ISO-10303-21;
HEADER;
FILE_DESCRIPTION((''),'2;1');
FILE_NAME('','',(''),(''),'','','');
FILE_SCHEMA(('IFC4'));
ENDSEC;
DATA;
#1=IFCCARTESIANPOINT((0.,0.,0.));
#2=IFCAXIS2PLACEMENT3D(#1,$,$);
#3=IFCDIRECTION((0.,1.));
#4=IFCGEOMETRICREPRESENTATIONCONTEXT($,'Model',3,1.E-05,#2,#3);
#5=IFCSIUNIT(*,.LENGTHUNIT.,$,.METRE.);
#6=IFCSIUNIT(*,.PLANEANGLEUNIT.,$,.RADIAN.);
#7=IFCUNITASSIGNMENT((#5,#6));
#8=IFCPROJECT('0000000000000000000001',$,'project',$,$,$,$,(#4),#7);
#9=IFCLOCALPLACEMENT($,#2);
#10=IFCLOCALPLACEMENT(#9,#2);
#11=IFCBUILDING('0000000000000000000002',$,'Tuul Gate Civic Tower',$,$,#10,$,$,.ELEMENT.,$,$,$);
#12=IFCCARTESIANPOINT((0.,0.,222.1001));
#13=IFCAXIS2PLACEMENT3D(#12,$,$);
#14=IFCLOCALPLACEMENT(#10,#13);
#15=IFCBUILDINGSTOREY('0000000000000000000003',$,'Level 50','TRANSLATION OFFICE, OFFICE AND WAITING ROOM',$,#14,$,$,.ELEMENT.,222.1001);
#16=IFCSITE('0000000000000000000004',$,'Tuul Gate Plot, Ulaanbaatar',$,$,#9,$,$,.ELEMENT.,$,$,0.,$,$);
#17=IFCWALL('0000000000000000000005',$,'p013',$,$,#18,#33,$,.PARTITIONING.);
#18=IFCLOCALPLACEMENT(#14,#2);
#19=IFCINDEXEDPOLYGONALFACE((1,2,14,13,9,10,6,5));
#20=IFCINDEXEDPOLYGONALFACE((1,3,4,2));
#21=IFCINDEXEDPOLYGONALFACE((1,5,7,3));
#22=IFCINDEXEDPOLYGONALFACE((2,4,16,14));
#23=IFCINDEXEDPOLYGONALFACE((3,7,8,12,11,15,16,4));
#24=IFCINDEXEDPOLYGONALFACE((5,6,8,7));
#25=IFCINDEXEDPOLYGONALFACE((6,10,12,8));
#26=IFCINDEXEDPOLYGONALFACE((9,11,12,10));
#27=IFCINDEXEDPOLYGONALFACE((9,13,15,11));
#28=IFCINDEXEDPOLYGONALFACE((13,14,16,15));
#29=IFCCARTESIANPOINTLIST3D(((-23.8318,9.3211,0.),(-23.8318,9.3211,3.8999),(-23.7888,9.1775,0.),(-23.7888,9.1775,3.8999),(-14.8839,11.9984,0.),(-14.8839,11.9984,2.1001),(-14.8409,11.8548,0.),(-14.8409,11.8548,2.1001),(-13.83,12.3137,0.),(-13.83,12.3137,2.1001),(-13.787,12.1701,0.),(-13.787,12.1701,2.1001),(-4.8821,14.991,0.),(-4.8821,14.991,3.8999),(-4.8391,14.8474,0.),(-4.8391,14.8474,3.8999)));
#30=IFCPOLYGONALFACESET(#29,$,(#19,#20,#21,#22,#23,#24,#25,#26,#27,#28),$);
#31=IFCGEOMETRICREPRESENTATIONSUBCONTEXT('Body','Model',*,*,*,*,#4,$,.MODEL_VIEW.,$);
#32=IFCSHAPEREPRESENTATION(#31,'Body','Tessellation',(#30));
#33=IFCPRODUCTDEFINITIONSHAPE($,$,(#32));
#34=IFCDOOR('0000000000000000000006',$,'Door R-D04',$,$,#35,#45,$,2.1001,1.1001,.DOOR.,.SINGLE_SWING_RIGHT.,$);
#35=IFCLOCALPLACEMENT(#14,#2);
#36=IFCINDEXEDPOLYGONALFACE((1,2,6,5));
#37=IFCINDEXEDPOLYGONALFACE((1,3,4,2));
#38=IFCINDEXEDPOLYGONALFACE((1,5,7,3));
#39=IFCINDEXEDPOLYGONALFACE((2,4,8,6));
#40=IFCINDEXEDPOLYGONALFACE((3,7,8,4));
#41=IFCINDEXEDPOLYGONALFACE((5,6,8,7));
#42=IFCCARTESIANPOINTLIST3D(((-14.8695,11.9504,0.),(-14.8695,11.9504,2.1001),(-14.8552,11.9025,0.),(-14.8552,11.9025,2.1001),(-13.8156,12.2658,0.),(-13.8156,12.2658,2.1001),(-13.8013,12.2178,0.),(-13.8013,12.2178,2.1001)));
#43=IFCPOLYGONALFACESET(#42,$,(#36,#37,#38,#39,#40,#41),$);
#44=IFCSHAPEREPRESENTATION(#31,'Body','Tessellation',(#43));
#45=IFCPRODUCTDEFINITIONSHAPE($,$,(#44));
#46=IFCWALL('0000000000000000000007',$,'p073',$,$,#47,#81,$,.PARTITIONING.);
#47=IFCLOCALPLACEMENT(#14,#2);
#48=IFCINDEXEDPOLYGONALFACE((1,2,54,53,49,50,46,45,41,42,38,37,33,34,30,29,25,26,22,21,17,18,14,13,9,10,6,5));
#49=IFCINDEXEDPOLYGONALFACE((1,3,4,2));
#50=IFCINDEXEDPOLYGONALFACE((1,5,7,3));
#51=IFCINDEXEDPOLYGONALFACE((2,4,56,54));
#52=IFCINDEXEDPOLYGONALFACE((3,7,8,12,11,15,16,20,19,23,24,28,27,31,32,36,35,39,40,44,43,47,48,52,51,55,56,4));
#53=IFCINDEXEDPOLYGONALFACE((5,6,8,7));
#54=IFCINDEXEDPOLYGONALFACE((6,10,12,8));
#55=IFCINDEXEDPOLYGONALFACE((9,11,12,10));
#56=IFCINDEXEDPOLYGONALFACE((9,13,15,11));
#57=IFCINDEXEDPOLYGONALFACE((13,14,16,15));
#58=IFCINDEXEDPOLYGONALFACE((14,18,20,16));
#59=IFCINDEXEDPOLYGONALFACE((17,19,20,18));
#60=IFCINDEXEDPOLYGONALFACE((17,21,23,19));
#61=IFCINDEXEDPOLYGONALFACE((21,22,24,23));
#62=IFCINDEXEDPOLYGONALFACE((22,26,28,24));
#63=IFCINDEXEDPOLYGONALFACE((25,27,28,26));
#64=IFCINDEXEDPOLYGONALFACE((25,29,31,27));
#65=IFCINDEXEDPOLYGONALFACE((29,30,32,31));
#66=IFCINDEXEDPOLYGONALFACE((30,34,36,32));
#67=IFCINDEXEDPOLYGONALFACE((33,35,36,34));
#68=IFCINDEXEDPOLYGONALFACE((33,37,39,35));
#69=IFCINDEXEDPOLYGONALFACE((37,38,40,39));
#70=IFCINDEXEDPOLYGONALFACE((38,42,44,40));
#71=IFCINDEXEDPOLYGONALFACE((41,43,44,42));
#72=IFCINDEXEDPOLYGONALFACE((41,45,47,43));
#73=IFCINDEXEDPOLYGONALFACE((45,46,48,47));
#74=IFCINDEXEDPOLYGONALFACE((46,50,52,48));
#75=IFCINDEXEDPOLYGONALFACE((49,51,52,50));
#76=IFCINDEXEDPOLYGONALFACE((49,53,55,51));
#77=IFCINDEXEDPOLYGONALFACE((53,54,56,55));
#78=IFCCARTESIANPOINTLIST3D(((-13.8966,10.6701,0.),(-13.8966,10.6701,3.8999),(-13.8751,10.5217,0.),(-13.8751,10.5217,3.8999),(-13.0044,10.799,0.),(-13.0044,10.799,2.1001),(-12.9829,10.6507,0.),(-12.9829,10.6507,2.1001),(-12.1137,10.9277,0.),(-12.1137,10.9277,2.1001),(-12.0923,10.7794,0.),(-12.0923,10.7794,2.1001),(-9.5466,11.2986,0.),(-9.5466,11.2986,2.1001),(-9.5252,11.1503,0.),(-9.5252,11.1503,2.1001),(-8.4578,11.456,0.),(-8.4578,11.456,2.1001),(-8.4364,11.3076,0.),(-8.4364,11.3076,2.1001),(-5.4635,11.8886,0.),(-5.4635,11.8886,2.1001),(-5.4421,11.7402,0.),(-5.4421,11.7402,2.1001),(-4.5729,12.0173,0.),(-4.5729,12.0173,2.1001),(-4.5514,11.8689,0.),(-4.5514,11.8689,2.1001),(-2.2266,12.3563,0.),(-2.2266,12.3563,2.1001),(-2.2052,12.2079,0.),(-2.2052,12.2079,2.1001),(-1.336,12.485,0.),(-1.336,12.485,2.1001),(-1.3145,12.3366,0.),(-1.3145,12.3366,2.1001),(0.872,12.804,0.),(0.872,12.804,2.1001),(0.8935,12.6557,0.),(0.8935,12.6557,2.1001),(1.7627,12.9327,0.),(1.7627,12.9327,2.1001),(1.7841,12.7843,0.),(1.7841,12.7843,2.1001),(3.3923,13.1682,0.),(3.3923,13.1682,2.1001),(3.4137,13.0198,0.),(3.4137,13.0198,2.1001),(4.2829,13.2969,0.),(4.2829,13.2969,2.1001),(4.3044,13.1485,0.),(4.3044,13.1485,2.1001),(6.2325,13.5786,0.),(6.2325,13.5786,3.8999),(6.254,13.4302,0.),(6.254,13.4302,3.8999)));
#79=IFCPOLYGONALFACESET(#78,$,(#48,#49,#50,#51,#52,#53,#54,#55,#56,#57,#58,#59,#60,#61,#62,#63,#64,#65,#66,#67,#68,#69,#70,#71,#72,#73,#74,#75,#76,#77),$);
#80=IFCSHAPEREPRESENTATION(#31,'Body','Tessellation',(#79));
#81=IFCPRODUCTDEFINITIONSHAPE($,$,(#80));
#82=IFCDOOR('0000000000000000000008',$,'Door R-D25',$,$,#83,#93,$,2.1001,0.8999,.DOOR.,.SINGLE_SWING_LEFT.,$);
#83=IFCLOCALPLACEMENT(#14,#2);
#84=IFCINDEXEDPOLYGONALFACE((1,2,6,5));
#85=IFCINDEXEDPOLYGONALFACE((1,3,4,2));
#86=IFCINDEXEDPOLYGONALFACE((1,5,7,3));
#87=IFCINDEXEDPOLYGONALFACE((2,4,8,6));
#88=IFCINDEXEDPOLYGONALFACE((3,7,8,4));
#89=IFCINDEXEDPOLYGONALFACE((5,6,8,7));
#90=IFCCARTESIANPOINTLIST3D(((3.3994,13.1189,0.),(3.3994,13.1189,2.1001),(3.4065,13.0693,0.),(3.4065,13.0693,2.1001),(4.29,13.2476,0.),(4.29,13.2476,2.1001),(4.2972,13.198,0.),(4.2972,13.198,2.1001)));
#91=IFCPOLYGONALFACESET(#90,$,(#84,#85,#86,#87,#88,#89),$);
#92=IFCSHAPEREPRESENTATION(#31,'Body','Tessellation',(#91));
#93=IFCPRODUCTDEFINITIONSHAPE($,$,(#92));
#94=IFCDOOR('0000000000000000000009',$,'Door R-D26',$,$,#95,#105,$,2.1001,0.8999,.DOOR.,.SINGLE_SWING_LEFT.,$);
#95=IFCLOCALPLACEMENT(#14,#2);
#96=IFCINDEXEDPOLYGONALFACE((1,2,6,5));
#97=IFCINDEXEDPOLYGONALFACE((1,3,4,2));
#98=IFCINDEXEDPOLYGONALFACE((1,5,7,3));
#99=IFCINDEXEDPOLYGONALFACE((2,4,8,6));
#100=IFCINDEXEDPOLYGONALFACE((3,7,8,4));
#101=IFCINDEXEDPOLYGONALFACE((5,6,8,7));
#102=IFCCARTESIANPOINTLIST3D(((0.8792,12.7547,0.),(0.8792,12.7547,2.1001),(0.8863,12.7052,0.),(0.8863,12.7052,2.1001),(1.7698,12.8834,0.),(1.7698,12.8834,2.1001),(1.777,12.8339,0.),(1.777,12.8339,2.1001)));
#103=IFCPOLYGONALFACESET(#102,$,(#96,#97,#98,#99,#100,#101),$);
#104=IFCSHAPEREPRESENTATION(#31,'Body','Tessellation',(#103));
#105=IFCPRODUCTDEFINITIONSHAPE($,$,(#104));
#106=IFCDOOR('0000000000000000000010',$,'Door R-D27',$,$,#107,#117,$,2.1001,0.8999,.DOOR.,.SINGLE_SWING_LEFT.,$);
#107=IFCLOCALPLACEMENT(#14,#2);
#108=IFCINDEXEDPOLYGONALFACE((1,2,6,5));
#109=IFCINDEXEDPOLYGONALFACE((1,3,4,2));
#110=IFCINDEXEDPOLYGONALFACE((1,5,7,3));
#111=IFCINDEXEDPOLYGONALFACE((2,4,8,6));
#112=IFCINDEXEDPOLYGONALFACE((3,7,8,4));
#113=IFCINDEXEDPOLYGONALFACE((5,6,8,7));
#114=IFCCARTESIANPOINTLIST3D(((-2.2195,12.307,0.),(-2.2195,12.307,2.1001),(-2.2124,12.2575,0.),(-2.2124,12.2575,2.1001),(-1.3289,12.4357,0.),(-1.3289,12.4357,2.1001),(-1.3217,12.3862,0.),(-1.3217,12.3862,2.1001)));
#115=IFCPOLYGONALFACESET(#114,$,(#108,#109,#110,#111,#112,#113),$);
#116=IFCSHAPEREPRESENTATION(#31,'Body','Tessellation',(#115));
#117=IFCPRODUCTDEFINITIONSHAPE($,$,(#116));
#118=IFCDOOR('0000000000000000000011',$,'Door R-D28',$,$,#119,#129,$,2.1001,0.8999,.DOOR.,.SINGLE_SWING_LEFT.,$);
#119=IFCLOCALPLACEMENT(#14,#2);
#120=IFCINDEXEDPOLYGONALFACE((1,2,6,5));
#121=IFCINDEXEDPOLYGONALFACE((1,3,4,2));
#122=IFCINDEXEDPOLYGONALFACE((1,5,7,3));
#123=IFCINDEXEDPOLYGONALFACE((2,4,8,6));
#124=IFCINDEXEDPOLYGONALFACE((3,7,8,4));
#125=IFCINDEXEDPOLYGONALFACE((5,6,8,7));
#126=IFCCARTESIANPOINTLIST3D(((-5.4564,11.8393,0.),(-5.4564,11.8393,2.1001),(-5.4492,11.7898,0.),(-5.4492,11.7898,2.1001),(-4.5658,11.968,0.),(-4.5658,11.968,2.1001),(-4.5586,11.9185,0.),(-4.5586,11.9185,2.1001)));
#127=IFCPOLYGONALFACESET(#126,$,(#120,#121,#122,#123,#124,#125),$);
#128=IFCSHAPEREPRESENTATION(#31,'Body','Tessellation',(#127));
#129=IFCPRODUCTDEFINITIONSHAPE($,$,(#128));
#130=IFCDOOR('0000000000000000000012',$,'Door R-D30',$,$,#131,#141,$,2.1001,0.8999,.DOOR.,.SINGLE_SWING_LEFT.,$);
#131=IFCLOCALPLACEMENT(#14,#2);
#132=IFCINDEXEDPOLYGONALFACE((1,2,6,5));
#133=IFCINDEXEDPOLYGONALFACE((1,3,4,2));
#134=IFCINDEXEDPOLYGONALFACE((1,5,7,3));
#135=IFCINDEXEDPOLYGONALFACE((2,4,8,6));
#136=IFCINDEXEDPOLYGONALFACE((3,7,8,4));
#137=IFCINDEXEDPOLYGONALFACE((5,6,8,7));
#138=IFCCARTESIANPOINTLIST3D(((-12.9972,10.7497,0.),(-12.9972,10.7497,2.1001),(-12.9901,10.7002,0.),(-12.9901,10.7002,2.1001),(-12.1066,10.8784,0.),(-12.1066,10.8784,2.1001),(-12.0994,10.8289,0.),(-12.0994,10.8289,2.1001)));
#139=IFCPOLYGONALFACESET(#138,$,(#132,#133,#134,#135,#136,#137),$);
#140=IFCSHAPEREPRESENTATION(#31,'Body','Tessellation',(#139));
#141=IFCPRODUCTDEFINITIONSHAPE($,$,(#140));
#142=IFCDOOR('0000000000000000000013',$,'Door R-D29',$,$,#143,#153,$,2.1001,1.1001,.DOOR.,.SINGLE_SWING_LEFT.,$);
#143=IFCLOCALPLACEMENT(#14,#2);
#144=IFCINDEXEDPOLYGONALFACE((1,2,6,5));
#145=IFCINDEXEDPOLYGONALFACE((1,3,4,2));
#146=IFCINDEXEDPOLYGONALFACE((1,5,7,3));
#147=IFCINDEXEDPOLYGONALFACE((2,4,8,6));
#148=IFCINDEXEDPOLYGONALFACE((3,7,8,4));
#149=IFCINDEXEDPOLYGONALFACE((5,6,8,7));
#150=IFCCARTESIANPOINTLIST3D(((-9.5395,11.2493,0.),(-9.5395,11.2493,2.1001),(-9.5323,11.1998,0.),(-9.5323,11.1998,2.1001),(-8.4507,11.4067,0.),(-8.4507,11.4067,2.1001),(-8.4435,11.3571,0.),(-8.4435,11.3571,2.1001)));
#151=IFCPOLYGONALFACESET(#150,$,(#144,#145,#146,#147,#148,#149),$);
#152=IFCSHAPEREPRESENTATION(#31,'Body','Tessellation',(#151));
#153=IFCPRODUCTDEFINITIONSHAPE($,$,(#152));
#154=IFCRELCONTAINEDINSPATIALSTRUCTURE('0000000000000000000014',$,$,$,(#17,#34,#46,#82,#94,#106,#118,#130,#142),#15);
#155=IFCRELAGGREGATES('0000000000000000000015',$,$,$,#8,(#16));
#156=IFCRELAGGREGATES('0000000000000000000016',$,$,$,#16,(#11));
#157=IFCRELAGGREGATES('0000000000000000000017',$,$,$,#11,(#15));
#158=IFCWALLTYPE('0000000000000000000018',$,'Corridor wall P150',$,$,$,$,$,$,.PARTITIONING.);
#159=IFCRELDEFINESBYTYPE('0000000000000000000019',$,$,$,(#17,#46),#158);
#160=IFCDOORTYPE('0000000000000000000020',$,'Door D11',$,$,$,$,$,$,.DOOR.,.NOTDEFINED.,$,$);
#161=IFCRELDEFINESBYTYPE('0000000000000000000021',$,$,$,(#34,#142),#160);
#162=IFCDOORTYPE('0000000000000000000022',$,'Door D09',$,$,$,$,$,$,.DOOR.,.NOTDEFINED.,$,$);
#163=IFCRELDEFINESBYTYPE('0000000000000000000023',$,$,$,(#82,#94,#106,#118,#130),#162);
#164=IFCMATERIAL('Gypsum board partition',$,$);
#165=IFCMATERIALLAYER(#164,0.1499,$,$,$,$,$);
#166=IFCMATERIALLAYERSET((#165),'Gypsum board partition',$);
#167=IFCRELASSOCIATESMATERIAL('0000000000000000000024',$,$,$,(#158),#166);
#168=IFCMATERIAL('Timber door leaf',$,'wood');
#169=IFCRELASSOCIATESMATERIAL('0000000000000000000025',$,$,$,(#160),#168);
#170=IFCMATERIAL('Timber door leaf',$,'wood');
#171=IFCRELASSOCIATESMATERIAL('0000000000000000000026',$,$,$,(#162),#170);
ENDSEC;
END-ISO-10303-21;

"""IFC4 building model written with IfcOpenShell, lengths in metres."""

from ifc_helpers import new_model, si_unit, direction, frame, frame_2d, origin, place, context, subcontext, project, spatial, rectangle, extrude, material, layer, layer_set, type_object, element, fill, save


model = new_model("IFC4")

# Units and contexts
model_context = context("Model", 3, precision=1e-05, world=origin(), true_north=direction((0.0, 1.0)))
body_context = subcontext(model_context, "Body", "Model", "MODEL_VIEW")
ifc_project = project(units=[si_unit("LENGTHUNIT", "METRE"), si_unit("PLANEANGLEUNIT", "RADIAN")], contexts=[model_context])

# Site, building, storey
site_placement = place(None, origin())
site = spatial("IfcSite", under=ifc_project, at=site_placement, Name="Tuul Gate Plot, Ulaanbaatar", CompositionType="ELEMENT", RefElevation=0.0)
building_placement = place(site_placement, origin())
building = spatial("IfcBuilding", under=site, at=building_placement, Name="Tuul Gate Civic Tower", CompositionType="ELEMENT")
storey_placement = place(building_placement, frame((0.0, 0.0, 222.1001)))
storey = spatial("IfcBuildingStorey", under=building, at=storey_placement, Name="Level 50", Description="TRANSLATION OFFICE, OFFICE AND WAITING ROOM", CompositionType="ELEMENT", Elevation=222.1001)

# Wall, opening, door
ifc_material_1 = material(Name="Gypsum board partition")
ifc_layer_1 = layer(ifc_material_1, 0.1499)
ifc_layer_set_1 = layer_set([ifc_layer_1], Name="Gypsum board partition")
wall_type_1 = type_object("IfcWallType", Name="Corridor wall P150", PredefinedType="PARTITIONING", material=ifc_layer_set_1)
wall_1_placement = place(storey_placement, frame((-23.8103, 9.2493, 0.0), z_axis=(0.0, 0.0, 1.0), x_axis=(0.958035, 0.286653, 0.0)))
wall_1 = element("IfcWall", 1, at=wall_1_placement, inside=storey, type_object=wall_type_1, Name="p013", PredefinedType="PARTITIONING", context=body_context, shape_type="SweptSolid", body=[
    extrude(rectangle(XDim=19.7798, YDim=0.1499, at=frame_2d((9.8899, 0.0))), origin(), (0.0, 0.0, 1.0), 3.8999),
])
opening_1_placement = place(wall_1_placement, frame((9.3398, 0.0, 0.0)))
opening_1 = element("IfcOpeningElement", 2, at=opening_1_placement, cuts=wall_1, PredefinedType="OPENING", context=body_context, shape_type="SweptSolid", body=[
    extrude(rectangle(XDim=1.1001, YDim=2.1001, at=frame_2d((0.55, 1.05))), frame((0.0, 0.085, 0.0), z_axis=(0.0, -1.0, 0.0), x_axis=(1.0, 0.0, 0.0)), (0.0, 0.0, 1.0), 0.1699),
])
ifc_material_2 = material(Name="Timber door leaf", Category="wood")
door_type_1 = type_object("IfcDoorType", Name="Door D11", OperationType="NOTDEFINED", PredefinedType="DOOR", material=ifc_material_2)
door_1_placement = place(opening_1_placement, origin())
door_1 = element("IfcDoor", 3, at=door_1_placement, inside=storey, type_object=door_type_1, Name="Door R-D04", OperationType="SINGLE_SWING_RIGHT", OverallHeight=2.1001, OverallWidth=1.1001, PredefinedType="DOOR", context=body_context, shape_type="SweptSolid", body=[
    extrude(rectangle(XDim=1.1001, YDim=2.1001, at=frame_2d((0.55, 1.05))), frame((0.0, 0.0249, 0.0), z_axis=(0.0, -1.0, 0.0), x_axis=(1.0, 0.0, 0.0)), (0.0, 0.0, 1.0), 0.05),
])
fill(opening_1, door_1)

# Wall, openings, doors
wall_2_placement = place(storey_placement, frame((-13.8857, 10.5959, 0.0), z_axis=(0.0, 0.0, 1.0), x_axis=(0.989722, 0.143004, 0.0)))
wall_2 = element("IfcWall", 4, at=wall_2_placement, inside=storey, type_object=wall_type_1, Name="p073", PredefinedType="PARTITIONING", context=body_context, shape_type="SweptSolid", body=[
    extrude(rectangle(XDim=20.3381, YDim=0.1499, at=frame_2d((10.1689, 0.0))), origin(), (0.0, 0.0, 1.0), 3.8999),
])
opening_2_placement = place(wall_2_placement, frame((17.4683, 0.0, 0.0)))
opening_2 = element("IfcOpeningElement", 5, at=opening_2_placement, cuts=wall_2, PredefinedType="OPENING", context=body_context, shape_type="SweptSolid", body=[
    extrude(rectangle(XDim=0.8999, YDim=2.1001, at=frame_2d((0.45, 1.05))), frame((0.0, 0.085, 0.0), z_axis=(0.0, -1.0, 0.0), x_axis=(1.0, 0.0, 0.0)), (0.0, 0.0, 1.0), 0.1699),
])
opening_3_placement = place(wall_2_placement, frame((14.9219, 0.0, 0.0)))
opening_3 = element("IfcOpeningElement", 6, at=opening_3_placement, cuts=wall_2, PredefinedType="OPENING", context=body_context, shape_type="SweptSolid", body=[
    extrude(rectangle(XDim=0.8999, YDim=2.1001, at=frame_2d((0.45, 1.05))), frame((0.0, 0.085, 0.0), z_axis=(0.0, -1.0, 0.0), x_axis=(1.0, 0.0, 0.0)), (0.0, 0.0, 1.0), 0.1699),
])
opening_4_placement = place(wall_2_placement, frame((11.791, 0.0, 0.0)))
opening_4 = element("IfcOpeningElement", 7, at=opening_4_placement, cuts=wall_2, PredefinedType="OPENING", context=body_context, shape_type="SweptSolid", body=[
    extrude(rectangle(XDim=0.8999, YDim=2.1001, at=frame_2d((0.45, 1.05))), frame((0.0, 0.085, 0.0), z_axis=(0.0, -1.0, 0.0), x_axis=(1.0, 0.0, 0.0)), (0.0, 0.0, 1.0), 0.1699),
])
opening_5_placement = place(wall_2_placement, frame((8.5205, 0.0, 0.0)))
opening_5 = element("IfcOpeningElement", 8, at=opening_5_placement, cuts=wall_2, PredefinedType="OPENING", context=body_context, shape_type="SweptSolid", body=[
    extrude(rectangle(XDim=0.8999, YDim=2.1001, at=frame_2d((0.45, 1.05))), frame((0.0, 0.085, 0.0), z_axis=(0.0, -1.0, 0.0), x_axis=(1.0, 0.0, 0.0)), (0.0, 0.0, 1.0), 0.1699),
])
opening_6_placement = place(wall_2_placement, frame((4.395, 0.0, 0.0)))
opening_6 = element("IfcOpeningElement", 9, at=opening_6_placement, cuts=wall_2, PredefinedType="OPENING", context=body_context, shape_type="SweptSolid", body=[
    extrude(rectangle(XDim=1.1001, YDim=2.1001, at=frame_2d((0.55, 1.05))), frame((0.0, 0.085, 0.0), z_axis=(0.0, -1.0, 0.0), x_axis=(1.0, 0.0, 0.0)), (0.0, 0.0, 1.0), 0.1699),
])
opening_7_placement = place(wall_2_placement, frame((0.9014, 0.0, 0.0)))
opening_7 = element("IfcOpeningElement", 10, at=opening_7_placement, cuts=wall_2, PredefinedType="OPENING", context=body_context, shape_type="SweptSolid", body=[
    extrude(rectangle(XDim=0.8999, YDim=2.1001, at=frame_2d((0.45, 1.05))), frame((0.0, 0.085, 0.0), z_axis=(0.0, -1.0, 0.0), x_axis=(1.0, 0.0, 0.0)), (0.0, 0.0, 1.0), 0.1699),
])
ifc_material_3 = material(Name="Timber door leaf", Category="wood")
door_type_2 = type_object("IfcDoorType", Name="Door D09", OperationType="NOTDEFINED", PredefinedType="DOOR", material=ifc_material_3)
door_2_placement = place(opening_2_placement, frame((0.8999, 0.0, 0.0), z_axis=(0.0, 0.0, 1.0), x_axis=(-1.0, 0.0, 0.0)))
door_2 = element("IfcDoor", 11, at=door_2_placement, inside=storey, type_object=door_type_2, Name="Door R-D25", OperationType="SINGLE_SWING_LEFT", OverallHeight=2.1001, OverallWidth=0.8999, PredefinedType="DOOR", context=body_context, shape_type="SweptSolid", body=[
    extrude(rectangle(XDim=0.8999, YDim=2.1001, at=frame_2d((0.45, 1.05))), frame((0.0, 0.0249, 0.0), z_axis=(0.0, -1.0, 0.0), x_axis=(1.0, 0.0, 0.0)), (0.0, 0.0, 1.0), 0.05),
])
fill(opening_2, door_2)
door_3_placement = place(opening_3_placement, frame((0.8999, 0.0, 0.0), z_axis=(0.0, 0.0, 1.0), x_axis=(-1.0, 0.0, 0.0)))
door_3 = element("IfcDoor", 12, at=door_3_placement, inside=storey, type_object=door_type_2, Name="Door R-D26", OperationType="SINGLE_SWING_LEFT", OverallHeight=2.1001, OverallWidth=0.8999, PredefinedType="DOOR", context=body_context, shape_type="SweptSolid", body=[
    extrude(rectangle(XDim=0.8999, YDim=2.1001, at=frame_2d((0.45, 1.05))), frame((0.0, 0.0249, 0.0), z_axis=(0.0, -1.0, 0.0), x_axis=(1.0, 0.0, 0.0)), (0.0, 0.0, 1.0), 0.05),
])
fill(opening_3, door_3)
door_4_placement = place(opening_4_placement, frame((0.8999, 0.0, 0.0), z_axis=(0.0, 0.0, 1.0), x_axis=(-1.0, 0.0, 0.0)))
door_4 = element("IfcDoor", 13, at=door_4_placement, inside=storey, type_object=door_type_2, Name="Door R-D27", OperationType="SINGLE_SWING_LEFT", OverallHeight=2.1001, OverallWidth=0.8999, PredefinedType="DOOR", context=body_context, shape_type="SweptSolid", body=[
    extrude(rectangle(XDim=0.8999, YDim=2.1001, at=frame_2d((0.45, 1.05))), frame((0.0, 0.0249, 0.0), z_axis=(0.0, -1.0, 0.0), x_axis=(1.0, 0.0, 0.0)), (0.0, 0.0, 1.0), 0.05),
])
fill(opening_4, door_4)
door_5_placement = place(opening_5_placement, frame((0.8999, 0.0, 0.0), z_axis=(0.0, 0.0, 1.0), x_axis=(-1.0, 0.0, 0.0)))
door_5 = element("IfcDoor", 14, at=door_5_placement, inside=storey, type_object=door_type_2, Name="Door R-D28", OperationType="SINGLE_SWING_LEFT", OverallHeight=2.1001, OverallWidth=0.8999, PredefinedType="DOOR", context=body_context, shape_type="SweptSolid", body=[
    extrude(rectangle(XDim=0.8999, YDim=2.1001, at=frame_2d((0.45, 1.05))), frame((0.0, 0.0249, 0.0), z_axis=(0.0, -1.0, 0.0), x_axis=(1.0, 0.0, 0.0)), (0.0, 0.0, 1.0), 0.05),
])
fill(opening_5, door_5)
door_6_placement = place(opening_7_placement, frame((0.8999, 0.0, 0.0), z_axis=(0.0, 0.0, 1.0), x_axis=(-1.0, 0.0, 0.0)))
door_6 = element("IfcDoor", 15, at=door_6_placement, inside=storey, type_object=door_type_2, Name="Door R-D30", OperationType="SINGLE_SWING_LEFT", OverallHeight=2.1001, OverallWidth=0.8999, PredefinedType="DOOR", context=body_context, shape_type="SweptSolid", body=[
    extrude(rectangle(XDim=0.8999, YDim=2.1001, at=frame_2d((0.45, 1.05))), frame((0.0, 0.0249, 0.0), z_axis=(0.0, -1.0, 0.0), x_axis=(1.0, 0.0, 0.0)), (0.0, 0.0, 1.0), 0.05),
])
fill(opening_7, door_6)
door_7_placement = place(opening_6_placement, frame((1.1001, 0.0, 0.0), z_axis=(0.0, 0.0, 1.0), x_axis=(-1.0, 0.0, 0.0)))
door_7 = element("IfcDoor", 16, at=door_7_placement, inside=storey, type_object=door_type_1, Name="Door R-D29", OperationType="SINGLE_SWING_LEFT", OverallHeight=2.1001, OverallWidth=1.1001, PredefinedType="DOOR", context=body_context, shape_type="SweptSolid", body=[
    extrude(rectangle(XDim=1.1001, YDim=2.1001, at=frame_2d((0.55, 1.05))), frame((0.0, 0.0249, 0.0), z_axis=(0.0, -1.0, 0.0), x_axis=(1.0, 0.0, 0.0)), (0.0, 0.0, 1.0), 0.05),
])
fill(opening_6, door_7)

save(model, "model.ifc")
